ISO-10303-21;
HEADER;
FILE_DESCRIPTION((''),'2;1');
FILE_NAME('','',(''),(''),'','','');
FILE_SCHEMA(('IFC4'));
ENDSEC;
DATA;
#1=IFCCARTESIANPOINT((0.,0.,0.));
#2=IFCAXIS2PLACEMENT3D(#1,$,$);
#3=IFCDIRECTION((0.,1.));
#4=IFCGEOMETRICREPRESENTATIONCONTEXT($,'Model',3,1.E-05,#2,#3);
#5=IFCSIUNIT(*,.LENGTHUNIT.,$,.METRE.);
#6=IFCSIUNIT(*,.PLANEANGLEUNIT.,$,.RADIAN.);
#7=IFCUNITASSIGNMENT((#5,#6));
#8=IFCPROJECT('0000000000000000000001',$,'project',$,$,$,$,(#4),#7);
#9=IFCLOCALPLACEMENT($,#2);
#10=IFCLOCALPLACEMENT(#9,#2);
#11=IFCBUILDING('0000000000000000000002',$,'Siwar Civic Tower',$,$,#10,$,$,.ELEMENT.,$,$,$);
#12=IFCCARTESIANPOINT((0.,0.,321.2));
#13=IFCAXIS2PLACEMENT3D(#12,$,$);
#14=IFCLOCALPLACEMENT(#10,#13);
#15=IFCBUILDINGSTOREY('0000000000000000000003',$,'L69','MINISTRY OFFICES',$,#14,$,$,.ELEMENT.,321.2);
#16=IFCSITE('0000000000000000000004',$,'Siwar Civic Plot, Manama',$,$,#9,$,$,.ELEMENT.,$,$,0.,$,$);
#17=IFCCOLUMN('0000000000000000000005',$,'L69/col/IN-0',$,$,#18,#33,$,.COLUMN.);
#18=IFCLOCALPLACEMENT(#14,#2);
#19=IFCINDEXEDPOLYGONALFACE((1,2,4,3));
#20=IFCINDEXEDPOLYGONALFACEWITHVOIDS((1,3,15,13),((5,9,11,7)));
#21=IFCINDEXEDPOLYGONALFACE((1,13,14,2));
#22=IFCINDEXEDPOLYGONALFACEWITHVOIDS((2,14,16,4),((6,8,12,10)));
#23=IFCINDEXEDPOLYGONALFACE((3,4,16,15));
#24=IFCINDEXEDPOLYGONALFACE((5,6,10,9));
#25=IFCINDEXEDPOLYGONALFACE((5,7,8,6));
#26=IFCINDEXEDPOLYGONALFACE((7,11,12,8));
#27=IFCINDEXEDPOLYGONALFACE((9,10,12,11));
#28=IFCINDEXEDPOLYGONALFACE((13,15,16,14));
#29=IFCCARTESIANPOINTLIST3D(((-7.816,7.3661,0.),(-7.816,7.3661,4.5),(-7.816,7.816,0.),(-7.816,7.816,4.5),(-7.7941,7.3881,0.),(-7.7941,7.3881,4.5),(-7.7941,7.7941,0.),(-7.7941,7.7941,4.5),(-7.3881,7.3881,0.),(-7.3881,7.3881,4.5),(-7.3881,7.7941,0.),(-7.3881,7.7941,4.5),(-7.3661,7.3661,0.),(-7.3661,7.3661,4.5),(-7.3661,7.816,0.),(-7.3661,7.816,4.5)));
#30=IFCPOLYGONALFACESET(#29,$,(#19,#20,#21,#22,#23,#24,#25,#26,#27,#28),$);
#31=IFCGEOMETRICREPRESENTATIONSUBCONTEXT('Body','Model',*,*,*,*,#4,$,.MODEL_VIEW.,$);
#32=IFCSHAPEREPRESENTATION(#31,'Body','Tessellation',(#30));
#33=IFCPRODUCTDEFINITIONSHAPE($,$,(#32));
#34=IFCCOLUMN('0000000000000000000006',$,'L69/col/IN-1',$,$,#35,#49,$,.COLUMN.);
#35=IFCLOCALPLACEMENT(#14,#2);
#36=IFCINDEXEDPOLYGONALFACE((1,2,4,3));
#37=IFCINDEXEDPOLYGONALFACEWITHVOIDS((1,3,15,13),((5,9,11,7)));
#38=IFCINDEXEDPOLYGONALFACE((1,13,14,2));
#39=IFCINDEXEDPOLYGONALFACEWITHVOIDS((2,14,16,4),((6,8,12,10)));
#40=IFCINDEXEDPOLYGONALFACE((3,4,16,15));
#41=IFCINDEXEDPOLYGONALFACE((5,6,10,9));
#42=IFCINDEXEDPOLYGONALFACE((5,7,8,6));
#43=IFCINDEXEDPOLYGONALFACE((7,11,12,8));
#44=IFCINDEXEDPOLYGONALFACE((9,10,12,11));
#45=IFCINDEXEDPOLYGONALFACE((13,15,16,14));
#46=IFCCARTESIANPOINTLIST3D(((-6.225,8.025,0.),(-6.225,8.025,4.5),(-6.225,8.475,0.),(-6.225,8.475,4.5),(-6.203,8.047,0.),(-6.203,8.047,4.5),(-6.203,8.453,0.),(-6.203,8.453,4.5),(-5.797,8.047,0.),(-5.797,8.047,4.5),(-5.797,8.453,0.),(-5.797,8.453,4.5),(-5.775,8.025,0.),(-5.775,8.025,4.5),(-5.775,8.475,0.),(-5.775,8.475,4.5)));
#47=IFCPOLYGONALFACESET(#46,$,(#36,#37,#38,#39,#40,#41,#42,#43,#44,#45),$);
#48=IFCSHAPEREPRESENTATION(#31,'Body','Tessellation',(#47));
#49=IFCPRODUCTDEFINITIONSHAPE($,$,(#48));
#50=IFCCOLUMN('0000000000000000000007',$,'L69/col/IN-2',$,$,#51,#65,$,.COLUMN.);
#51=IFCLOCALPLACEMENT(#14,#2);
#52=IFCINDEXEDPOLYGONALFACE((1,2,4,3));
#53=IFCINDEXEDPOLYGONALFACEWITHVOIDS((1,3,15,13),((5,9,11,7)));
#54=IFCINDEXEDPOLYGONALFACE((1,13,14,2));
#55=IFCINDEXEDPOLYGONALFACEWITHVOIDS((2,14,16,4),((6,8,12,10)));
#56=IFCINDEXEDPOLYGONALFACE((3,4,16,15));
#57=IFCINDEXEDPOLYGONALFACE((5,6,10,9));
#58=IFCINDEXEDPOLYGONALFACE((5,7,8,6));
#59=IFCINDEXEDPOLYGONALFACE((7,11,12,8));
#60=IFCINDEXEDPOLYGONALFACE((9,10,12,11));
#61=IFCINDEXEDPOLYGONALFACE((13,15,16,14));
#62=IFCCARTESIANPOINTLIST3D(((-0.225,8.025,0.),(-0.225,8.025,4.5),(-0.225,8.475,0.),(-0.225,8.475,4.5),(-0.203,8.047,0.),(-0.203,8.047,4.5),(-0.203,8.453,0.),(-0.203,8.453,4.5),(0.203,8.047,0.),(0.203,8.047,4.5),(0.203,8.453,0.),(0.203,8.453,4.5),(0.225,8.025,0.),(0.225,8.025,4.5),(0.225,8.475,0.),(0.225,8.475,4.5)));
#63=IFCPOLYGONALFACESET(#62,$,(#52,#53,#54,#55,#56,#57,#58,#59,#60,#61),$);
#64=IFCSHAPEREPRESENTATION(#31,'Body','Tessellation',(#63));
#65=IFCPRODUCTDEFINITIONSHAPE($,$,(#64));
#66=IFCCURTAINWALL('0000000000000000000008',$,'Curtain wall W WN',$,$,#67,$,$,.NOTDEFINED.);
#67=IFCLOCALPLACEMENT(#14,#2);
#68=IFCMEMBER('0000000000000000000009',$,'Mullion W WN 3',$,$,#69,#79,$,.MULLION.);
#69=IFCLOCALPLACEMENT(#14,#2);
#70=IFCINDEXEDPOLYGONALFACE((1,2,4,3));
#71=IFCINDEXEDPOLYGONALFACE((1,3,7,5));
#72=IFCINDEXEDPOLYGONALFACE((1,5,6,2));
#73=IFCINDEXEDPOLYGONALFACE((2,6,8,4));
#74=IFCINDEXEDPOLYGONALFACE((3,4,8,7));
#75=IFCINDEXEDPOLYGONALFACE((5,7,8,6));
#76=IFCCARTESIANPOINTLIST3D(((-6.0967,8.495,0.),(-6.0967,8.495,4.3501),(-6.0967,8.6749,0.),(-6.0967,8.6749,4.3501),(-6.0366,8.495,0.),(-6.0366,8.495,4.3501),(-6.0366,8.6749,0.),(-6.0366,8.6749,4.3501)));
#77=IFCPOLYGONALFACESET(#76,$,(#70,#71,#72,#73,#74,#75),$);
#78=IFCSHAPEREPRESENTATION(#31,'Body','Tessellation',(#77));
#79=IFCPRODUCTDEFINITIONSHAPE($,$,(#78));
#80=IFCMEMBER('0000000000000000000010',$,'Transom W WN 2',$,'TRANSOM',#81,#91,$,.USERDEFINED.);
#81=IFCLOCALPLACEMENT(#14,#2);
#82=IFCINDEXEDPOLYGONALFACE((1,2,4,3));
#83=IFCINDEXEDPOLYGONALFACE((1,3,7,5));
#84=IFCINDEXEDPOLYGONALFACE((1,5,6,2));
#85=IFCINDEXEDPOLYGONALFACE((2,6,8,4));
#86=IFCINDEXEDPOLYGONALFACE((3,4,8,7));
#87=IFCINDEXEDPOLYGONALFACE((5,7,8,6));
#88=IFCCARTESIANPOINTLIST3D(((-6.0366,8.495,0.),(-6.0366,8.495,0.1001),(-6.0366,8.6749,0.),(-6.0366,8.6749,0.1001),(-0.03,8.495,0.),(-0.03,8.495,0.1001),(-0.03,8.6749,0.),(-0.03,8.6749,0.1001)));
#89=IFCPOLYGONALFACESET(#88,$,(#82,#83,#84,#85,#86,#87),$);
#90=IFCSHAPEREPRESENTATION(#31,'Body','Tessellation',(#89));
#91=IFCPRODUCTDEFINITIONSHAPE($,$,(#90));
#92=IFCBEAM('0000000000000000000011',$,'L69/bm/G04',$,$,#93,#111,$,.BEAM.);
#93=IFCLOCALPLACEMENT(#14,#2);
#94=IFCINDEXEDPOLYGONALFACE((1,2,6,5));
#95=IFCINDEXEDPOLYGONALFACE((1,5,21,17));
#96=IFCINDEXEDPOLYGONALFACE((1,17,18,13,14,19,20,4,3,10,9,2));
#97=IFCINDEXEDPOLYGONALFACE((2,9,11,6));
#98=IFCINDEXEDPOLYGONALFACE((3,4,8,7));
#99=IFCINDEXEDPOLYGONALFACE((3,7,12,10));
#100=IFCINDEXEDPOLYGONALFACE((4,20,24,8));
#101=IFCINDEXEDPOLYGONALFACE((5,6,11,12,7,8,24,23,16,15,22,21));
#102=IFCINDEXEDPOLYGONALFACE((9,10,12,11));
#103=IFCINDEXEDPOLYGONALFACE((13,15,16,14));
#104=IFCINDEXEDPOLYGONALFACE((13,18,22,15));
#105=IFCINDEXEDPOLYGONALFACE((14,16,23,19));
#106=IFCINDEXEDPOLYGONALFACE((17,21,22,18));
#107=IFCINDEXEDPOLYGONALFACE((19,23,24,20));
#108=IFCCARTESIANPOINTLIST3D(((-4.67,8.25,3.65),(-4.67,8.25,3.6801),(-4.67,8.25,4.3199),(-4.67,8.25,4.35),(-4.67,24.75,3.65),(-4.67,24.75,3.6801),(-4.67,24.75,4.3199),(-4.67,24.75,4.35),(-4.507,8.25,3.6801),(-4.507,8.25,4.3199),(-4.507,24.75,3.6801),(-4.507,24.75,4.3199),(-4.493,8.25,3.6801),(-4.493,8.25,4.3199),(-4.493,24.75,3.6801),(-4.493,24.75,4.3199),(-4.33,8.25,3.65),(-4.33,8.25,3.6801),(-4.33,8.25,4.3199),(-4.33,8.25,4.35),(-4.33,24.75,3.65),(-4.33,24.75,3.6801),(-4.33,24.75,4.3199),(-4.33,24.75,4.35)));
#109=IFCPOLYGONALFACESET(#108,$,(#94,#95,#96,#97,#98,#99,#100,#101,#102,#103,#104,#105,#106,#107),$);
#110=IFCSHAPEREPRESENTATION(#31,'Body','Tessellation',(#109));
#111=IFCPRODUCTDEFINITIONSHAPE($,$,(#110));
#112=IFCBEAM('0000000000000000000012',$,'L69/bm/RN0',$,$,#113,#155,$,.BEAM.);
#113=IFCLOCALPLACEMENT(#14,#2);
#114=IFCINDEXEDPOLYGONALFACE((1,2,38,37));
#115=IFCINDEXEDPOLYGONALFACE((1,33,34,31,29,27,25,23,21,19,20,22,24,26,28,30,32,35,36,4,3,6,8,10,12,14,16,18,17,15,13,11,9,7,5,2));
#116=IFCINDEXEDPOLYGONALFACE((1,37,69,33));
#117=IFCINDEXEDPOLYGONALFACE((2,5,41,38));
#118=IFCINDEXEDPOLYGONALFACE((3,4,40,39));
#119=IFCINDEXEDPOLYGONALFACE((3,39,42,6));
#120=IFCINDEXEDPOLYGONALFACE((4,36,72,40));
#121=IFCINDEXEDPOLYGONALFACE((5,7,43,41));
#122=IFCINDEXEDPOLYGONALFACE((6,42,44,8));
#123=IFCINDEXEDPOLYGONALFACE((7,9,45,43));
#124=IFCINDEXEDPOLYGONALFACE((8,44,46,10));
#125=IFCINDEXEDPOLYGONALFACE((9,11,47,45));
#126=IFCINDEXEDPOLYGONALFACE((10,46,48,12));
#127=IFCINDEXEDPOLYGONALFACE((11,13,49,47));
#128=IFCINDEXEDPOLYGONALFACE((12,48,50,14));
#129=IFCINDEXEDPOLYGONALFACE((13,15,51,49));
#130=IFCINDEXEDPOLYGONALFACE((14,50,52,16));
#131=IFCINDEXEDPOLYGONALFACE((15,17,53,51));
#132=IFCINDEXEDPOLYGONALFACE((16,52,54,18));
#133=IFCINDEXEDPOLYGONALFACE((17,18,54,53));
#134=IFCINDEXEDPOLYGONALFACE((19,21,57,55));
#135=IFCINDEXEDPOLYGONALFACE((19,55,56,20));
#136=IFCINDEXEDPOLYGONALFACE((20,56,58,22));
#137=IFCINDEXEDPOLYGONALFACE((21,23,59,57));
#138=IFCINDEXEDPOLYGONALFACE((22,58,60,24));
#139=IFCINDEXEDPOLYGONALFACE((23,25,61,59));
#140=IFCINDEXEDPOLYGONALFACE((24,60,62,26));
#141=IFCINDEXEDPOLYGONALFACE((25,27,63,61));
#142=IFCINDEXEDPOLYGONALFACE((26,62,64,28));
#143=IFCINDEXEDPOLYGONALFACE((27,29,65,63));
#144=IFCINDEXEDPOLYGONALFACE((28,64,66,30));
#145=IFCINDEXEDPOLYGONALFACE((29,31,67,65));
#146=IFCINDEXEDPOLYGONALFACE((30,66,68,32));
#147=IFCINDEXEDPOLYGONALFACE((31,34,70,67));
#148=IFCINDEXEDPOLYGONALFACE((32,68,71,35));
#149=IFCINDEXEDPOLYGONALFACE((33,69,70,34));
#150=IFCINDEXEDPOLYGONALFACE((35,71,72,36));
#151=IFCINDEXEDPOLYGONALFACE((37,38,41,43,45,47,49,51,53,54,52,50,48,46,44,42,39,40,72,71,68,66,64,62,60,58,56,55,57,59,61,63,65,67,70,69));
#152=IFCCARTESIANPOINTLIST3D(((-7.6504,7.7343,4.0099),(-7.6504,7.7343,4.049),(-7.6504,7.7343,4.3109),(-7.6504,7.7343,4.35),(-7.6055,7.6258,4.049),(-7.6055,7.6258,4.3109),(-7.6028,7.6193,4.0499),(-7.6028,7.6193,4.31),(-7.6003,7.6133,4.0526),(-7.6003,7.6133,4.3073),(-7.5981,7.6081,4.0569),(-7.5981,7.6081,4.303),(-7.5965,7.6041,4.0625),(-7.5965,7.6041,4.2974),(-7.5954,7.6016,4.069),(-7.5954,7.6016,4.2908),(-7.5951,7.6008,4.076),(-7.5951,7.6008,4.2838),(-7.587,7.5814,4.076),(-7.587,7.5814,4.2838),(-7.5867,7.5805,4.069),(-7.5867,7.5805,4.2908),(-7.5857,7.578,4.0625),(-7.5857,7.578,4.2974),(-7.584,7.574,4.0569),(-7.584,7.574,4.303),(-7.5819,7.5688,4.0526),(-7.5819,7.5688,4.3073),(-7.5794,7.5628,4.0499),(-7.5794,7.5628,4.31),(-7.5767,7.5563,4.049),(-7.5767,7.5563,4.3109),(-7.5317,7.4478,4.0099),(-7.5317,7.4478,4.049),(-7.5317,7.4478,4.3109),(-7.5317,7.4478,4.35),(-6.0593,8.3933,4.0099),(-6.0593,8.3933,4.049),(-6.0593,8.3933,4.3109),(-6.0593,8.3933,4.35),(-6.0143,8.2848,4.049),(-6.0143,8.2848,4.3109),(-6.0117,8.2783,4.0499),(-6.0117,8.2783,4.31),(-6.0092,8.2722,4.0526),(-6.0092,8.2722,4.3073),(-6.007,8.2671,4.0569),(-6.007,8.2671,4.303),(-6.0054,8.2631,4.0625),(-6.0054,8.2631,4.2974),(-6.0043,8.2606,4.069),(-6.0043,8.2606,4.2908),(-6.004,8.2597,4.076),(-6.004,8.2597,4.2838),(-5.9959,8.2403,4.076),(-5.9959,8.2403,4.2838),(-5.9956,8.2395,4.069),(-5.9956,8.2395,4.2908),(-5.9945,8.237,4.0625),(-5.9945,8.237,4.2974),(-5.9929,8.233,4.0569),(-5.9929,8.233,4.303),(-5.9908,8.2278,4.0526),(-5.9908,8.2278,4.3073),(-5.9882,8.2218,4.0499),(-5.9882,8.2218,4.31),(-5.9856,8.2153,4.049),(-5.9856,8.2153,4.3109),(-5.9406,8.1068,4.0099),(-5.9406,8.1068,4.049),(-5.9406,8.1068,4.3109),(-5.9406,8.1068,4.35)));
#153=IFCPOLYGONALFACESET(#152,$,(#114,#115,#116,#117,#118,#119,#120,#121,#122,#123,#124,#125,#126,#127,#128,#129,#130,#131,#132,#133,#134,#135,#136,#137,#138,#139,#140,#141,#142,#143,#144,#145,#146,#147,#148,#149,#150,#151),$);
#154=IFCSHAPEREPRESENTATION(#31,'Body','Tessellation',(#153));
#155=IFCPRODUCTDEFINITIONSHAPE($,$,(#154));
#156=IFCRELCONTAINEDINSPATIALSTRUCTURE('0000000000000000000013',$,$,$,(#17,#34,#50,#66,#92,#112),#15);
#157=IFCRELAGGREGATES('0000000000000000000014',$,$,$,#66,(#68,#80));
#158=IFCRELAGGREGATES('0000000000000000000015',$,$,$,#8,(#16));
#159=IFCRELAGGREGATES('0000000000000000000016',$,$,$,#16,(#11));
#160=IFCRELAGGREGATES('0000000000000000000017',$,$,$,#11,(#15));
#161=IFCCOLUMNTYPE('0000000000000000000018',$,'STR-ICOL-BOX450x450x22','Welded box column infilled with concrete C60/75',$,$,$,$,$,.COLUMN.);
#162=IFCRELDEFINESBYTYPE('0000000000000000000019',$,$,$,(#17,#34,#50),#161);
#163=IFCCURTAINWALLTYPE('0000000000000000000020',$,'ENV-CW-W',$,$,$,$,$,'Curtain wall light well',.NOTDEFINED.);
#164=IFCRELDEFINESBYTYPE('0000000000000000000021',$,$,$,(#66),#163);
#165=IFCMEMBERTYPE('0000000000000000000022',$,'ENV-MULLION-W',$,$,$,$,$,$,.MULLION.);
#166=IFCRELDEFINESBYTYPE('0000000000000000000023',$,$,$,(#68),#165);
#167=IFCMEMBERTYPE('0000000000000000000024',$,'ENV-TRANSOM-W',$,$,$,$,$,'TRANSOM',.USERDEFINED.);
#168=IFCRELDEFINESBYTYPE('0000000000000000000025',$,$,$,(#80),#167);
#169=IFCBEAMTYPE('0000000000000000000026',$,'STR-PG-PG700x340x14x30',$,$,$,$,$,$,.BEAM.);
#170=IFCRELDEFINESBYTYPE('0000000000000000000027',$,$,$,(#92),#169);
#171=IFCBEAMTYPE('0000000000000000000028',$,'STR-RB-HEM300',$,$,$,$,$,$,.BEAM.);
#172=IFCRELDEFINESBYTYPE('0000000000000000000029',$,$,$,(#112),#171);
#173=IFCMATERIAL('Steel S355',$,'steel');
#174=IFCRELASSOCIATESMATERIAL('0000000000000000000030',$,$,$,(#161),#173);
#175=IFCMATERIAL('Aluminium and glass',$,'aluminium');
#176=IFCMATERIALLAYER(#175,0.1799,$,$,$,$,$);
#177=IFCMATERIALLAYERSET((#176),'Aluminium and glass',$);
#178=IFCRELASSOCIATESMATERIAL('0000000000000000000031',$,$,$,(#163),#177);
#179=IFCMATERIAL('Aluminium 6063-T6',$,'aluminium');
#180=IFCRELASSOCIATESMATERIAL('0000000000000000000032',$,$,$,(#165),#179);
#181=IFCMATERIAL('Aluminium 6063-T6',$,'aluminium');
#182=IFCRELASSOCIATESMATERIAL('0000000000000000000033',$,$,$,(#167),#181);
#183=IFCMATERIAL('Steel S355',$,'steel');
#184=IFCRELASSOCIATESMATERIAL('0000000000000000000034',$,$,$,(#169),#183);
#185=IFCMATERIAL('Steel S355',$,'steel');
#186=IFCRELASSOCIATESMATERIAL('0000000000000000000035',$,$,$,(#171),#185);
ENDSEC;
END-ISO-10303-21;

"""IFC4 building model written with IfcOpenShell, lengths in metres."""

from ifc_helpers import new_model, si_unit, direction, frame, origin, origin_2d, place, context, subcontext, project, spatial, rectangle, hollow_rectangle, i_section, extrude, material, layer, layer_set, material_profile, profile_set, type_object, element, aggregate, save


model = new_model("IFC4")

# Units and contexts
model_context = context("Model", 3, precision=1e-05, world=origin(), true_north=direction((0.0, 1.0)))
body_context = subcontext(model_context, "Body", "Model", "MODEL_VIEW")
ifc_project = project(units=[si_unit("LENGTHUNIT", "METRE"), si_unit("PLANEANGLEUNIT", "RADIAN")], contexts=[model_context])

# Site, building, storey
site_placement = place(None, origin())
site = spatial("IfcSite", under=ifc_project, at=site_placement, Name="Siwar Civic Plot, Manama", CompositionType="ELEMENT", RefElevation=0.0)
building_placement = place(site_placement, origin())
building = spatial("IfcBuilding", under=site, at=building_placement, Name="Siwar Civic Tower", CompositionType="ELEMENT")
storey_placement = place(building_placement, frame((0.0, 0.0, 321.2)))
storey = spatial("IfcBuildingStorey", under=building, at=storey_placement, Name="L69", Description="MINISTRY OFFICES", CompositionType="ELEMENT", Elevation=321.2)

# Columns
ifc_material_1 = material(Name="Steel S355", Category="steel")
ifc_material_profile_1 = material_profile(ifc_material_1, hollow_rectangle(XDim=0.45, YDim=0.45, WallThickness=0.022, at=origin_2d()), Name="BOX450x450x22")
ifc_profile_set_1 = profile_set([ifc_material_profile_1], Name="Steel S355")
column_type = type_object("IfcColumnType", Name="STR-ICOL-BOX450x450x22", Description="Welded box column infilled with concrete C60/75", PredefinedType="COLUMN", material=ifc_profile_set_1)
for number, where, z_axis, x_axis, name in (
    (1, (-7.5911, 7.5911, 0.0), (0.0, 0.0, 1.0), (1.0, 0.0, 0.0), "L69/col/IN-0"),
    (2, (-6.0, 8.25, 0.0), (0.0, 0.0, 1.0), (1.0, 0.0, 0.0), "L69/col/IN-1"),
    (3, (0.0, 8.25, 0.0), (0.0, 0.0, 1.0), (1.0, 0.0, 0.0), "L69/col/IN-2"),
):
    element("IfcColumn", number, at=place(storey_placement, frame(where, z_axis=z_axis, x_axis=x_axis)), inside=storey, type_object=column_type, Name=name, PredefinedType="COLUMN", context=body_context, shape_type="SweptSolid", body=[
        extrude(hollow_rectangle(XDim=0.45, YDim=0.45, WallThickness=0.022, at=origin_2d()), origin(), (0.0, 0.0, 1.0), 4.5),
    ])

# Curtain wall, members
ifc_material_2 = material(Name="Aluminium and glass", Category="aluminium")
ifc_layer_1 = layer(ifc_material_2, 0.1799)
ifc_layer_set_1 = layer_set([ifc_layer_1], Name="Aluminium and glass")
curtain_wall_type = type_object("IfcCurtainWallType", Name="ENV-CW-W", ElementType="Curtain wall light well", PredefinedType="NOTDEFINED", material=ifc_layer_set_1)
curtain_wall_placement = place(storey_placement, origin())
curtain_wall = element("IfcCurtainWall", 4, at=curtain_wall_placement, inside=storey, type_object=curtain_wall_type, Name="Curtain wall W WN", PredefinedType="NOTDEFINED")
ifc_material_3 = material(Name="Aluminium 6063-T6", Category="aluminium")
ifc_material_profile_2 = material_profile(ifc_material_3, rectangle(XDim=0.1799, YDim=0.0601, at=origin_2d()), Name="AL 180x60")
ifc_profile_set_2 = profile_set([ifc_material_profile_2], Name="Aluminium 6063-T6")
member_type_1 = type_object("IfcMemberType", Name="ENV-MULLION-W", PredefinedType="MULLION", material=ifc_profile_set_2)
member_1_placement = place(storey_placement, frame((-6.0667, 8.585, 0.0), z_axis=(0.0, 0.0, 1.0), x_axis=(0.0, -1.0, 0.0)))
member_1 = element("IfcMember", 5, at=member_1_placement, type_object=member_type_1, Name="Mullion W WN 3", PredefinedType="MULLION", context=body_context, shape_type="SweptSolid", body=[
    extrude(rectangle(XDim=0.1799, YDim=0.0601, at=origin_2d()), origin(), (0.0, 0.0, 1.0), 4.3501),
])
ifc_material_4 = material(Name="Aluminium 6063-T6", Category="aluminium")
ifc_material_profile_3 = material_profile(ifc_material_4, rectangle(XDim=0.1799, YDim=0.1001, at=origin_2d()), Name="AL 180x100")
ifc_profile_set_3 = profile_set([ifc_material_profile_3], Name="Aluminium 6063-T6")
member_type_2 = type_object("IfcMemberType", Name="ENV-TRANSOM-W", ElementType="TRANSOM", PredefinedType="USERDEFINED", material=ifc_profile_set_3)
member_2_placement = place(storey_placement, frame((-0.03, 8.585, 0.05), z_axis=(-1.0, 0.0, 0.0), x_axis=(0.0, -1.0, 0.0)))
member_2 = element("IfcMember", 6, at=member_2_placement, type_object=member_type_2, Name="Transom W WN 2", ObjectType="TRANSOM", PredefinedType="USERDEFINED", context=body_context, shape_type="SweptSolid", body=[
    extrude(rectangle(XDim=0.1799, YDim=0.1001, at=origin_2d()), origin(), (0.0, 0.0, 1.0), 6.0066),
])

# Beams
ifc_material_5 = material(Name="Steel S355", Category="steel")
ifc_material_profile_4 = material_profile(ifc_material_5, i_section(OverallWidth=0.3401, OverallDepth=0.7, WebThickness=0.0139, FlangeThickness=0.03, at=origin_2d()), Name="PG700x340x14x30")
ifc_profile_set_4 = profile_set([ifc_material_profile_4], Name="Steel S355")
beam_type_1 = type_object("IfcBeamType", Name="STR-PG-PG700x340x14x30", PredefinedType="BEAM", material=ifc_profile_set_4)
beam_1_placement = place(storey_placement, frame((-4.5, 8.25, 4.0), z_axis=(0.0, 1.0, 0.0), x_axis=(-1.0, 0.0, 0.0)))
element("IfcBeam", 7, at=beam_1_placement, inside=storey, type_object=beam_type_1, Name="L69/bm/G04", PredefinedType="BEAM", context=body_context, shape_type="SweptSolid", body=[
    extrude(i_section(OverallWidth=0.3401, OverallDepth=0.7, WebThickness=0.0139, FlangeThickness=0.03, at=origin_2d()), origin(), (0.0, 0.0, 1.0), 16.5),
])
ifc_material_6 = material(Name="Steel S355", Category="steel")
ifc_material_profile_5 = material_profile(ifc_material_6, i_section(OverallWidth=0.3101, OverallDepth=0.3401, WebThickness=0.021, FlangeThickness=0.0391, FilletRadius=0.0271, at=origin_2d()), Name="HEM300")
ifc_profile_set_5 = profile_set([ifc_material_profile_5], Name="Steel S355")
beam_type_2 = type_object("IfcBeamType", Name="STR-RB-HEM300", PredefinedType="BEAM", material=ifc_profile_set_5)
beam_2_placement = place(storey_placement, frame((-7.5911, 7.5911, 4.1799), z_axis=(0.923901, 0.382631, 0.0), x_axis=(-0.382631, 0.923901, 0.0)))
element("IfcBeam", 8, at=beam_2_placement, inside=storey, type_object=beam_type_2, Name="L69/bm/RN0", PredefinedType="BEAM", context=body_context, shape_type="SweptSolid", body=[
    extrude(i_section(OverallWidth=0.3101, OverallDepth=0.3401, WebThickness=0.021, FlangeThickness=0.0391, FilletRadius=0.0271, at=origin_2d()), origin(), (0.0, 0.0, 1.0), 1.7222),
])

aggregate(curtain_wall, [member_1, member_2])

save(model, "model.ifc")
